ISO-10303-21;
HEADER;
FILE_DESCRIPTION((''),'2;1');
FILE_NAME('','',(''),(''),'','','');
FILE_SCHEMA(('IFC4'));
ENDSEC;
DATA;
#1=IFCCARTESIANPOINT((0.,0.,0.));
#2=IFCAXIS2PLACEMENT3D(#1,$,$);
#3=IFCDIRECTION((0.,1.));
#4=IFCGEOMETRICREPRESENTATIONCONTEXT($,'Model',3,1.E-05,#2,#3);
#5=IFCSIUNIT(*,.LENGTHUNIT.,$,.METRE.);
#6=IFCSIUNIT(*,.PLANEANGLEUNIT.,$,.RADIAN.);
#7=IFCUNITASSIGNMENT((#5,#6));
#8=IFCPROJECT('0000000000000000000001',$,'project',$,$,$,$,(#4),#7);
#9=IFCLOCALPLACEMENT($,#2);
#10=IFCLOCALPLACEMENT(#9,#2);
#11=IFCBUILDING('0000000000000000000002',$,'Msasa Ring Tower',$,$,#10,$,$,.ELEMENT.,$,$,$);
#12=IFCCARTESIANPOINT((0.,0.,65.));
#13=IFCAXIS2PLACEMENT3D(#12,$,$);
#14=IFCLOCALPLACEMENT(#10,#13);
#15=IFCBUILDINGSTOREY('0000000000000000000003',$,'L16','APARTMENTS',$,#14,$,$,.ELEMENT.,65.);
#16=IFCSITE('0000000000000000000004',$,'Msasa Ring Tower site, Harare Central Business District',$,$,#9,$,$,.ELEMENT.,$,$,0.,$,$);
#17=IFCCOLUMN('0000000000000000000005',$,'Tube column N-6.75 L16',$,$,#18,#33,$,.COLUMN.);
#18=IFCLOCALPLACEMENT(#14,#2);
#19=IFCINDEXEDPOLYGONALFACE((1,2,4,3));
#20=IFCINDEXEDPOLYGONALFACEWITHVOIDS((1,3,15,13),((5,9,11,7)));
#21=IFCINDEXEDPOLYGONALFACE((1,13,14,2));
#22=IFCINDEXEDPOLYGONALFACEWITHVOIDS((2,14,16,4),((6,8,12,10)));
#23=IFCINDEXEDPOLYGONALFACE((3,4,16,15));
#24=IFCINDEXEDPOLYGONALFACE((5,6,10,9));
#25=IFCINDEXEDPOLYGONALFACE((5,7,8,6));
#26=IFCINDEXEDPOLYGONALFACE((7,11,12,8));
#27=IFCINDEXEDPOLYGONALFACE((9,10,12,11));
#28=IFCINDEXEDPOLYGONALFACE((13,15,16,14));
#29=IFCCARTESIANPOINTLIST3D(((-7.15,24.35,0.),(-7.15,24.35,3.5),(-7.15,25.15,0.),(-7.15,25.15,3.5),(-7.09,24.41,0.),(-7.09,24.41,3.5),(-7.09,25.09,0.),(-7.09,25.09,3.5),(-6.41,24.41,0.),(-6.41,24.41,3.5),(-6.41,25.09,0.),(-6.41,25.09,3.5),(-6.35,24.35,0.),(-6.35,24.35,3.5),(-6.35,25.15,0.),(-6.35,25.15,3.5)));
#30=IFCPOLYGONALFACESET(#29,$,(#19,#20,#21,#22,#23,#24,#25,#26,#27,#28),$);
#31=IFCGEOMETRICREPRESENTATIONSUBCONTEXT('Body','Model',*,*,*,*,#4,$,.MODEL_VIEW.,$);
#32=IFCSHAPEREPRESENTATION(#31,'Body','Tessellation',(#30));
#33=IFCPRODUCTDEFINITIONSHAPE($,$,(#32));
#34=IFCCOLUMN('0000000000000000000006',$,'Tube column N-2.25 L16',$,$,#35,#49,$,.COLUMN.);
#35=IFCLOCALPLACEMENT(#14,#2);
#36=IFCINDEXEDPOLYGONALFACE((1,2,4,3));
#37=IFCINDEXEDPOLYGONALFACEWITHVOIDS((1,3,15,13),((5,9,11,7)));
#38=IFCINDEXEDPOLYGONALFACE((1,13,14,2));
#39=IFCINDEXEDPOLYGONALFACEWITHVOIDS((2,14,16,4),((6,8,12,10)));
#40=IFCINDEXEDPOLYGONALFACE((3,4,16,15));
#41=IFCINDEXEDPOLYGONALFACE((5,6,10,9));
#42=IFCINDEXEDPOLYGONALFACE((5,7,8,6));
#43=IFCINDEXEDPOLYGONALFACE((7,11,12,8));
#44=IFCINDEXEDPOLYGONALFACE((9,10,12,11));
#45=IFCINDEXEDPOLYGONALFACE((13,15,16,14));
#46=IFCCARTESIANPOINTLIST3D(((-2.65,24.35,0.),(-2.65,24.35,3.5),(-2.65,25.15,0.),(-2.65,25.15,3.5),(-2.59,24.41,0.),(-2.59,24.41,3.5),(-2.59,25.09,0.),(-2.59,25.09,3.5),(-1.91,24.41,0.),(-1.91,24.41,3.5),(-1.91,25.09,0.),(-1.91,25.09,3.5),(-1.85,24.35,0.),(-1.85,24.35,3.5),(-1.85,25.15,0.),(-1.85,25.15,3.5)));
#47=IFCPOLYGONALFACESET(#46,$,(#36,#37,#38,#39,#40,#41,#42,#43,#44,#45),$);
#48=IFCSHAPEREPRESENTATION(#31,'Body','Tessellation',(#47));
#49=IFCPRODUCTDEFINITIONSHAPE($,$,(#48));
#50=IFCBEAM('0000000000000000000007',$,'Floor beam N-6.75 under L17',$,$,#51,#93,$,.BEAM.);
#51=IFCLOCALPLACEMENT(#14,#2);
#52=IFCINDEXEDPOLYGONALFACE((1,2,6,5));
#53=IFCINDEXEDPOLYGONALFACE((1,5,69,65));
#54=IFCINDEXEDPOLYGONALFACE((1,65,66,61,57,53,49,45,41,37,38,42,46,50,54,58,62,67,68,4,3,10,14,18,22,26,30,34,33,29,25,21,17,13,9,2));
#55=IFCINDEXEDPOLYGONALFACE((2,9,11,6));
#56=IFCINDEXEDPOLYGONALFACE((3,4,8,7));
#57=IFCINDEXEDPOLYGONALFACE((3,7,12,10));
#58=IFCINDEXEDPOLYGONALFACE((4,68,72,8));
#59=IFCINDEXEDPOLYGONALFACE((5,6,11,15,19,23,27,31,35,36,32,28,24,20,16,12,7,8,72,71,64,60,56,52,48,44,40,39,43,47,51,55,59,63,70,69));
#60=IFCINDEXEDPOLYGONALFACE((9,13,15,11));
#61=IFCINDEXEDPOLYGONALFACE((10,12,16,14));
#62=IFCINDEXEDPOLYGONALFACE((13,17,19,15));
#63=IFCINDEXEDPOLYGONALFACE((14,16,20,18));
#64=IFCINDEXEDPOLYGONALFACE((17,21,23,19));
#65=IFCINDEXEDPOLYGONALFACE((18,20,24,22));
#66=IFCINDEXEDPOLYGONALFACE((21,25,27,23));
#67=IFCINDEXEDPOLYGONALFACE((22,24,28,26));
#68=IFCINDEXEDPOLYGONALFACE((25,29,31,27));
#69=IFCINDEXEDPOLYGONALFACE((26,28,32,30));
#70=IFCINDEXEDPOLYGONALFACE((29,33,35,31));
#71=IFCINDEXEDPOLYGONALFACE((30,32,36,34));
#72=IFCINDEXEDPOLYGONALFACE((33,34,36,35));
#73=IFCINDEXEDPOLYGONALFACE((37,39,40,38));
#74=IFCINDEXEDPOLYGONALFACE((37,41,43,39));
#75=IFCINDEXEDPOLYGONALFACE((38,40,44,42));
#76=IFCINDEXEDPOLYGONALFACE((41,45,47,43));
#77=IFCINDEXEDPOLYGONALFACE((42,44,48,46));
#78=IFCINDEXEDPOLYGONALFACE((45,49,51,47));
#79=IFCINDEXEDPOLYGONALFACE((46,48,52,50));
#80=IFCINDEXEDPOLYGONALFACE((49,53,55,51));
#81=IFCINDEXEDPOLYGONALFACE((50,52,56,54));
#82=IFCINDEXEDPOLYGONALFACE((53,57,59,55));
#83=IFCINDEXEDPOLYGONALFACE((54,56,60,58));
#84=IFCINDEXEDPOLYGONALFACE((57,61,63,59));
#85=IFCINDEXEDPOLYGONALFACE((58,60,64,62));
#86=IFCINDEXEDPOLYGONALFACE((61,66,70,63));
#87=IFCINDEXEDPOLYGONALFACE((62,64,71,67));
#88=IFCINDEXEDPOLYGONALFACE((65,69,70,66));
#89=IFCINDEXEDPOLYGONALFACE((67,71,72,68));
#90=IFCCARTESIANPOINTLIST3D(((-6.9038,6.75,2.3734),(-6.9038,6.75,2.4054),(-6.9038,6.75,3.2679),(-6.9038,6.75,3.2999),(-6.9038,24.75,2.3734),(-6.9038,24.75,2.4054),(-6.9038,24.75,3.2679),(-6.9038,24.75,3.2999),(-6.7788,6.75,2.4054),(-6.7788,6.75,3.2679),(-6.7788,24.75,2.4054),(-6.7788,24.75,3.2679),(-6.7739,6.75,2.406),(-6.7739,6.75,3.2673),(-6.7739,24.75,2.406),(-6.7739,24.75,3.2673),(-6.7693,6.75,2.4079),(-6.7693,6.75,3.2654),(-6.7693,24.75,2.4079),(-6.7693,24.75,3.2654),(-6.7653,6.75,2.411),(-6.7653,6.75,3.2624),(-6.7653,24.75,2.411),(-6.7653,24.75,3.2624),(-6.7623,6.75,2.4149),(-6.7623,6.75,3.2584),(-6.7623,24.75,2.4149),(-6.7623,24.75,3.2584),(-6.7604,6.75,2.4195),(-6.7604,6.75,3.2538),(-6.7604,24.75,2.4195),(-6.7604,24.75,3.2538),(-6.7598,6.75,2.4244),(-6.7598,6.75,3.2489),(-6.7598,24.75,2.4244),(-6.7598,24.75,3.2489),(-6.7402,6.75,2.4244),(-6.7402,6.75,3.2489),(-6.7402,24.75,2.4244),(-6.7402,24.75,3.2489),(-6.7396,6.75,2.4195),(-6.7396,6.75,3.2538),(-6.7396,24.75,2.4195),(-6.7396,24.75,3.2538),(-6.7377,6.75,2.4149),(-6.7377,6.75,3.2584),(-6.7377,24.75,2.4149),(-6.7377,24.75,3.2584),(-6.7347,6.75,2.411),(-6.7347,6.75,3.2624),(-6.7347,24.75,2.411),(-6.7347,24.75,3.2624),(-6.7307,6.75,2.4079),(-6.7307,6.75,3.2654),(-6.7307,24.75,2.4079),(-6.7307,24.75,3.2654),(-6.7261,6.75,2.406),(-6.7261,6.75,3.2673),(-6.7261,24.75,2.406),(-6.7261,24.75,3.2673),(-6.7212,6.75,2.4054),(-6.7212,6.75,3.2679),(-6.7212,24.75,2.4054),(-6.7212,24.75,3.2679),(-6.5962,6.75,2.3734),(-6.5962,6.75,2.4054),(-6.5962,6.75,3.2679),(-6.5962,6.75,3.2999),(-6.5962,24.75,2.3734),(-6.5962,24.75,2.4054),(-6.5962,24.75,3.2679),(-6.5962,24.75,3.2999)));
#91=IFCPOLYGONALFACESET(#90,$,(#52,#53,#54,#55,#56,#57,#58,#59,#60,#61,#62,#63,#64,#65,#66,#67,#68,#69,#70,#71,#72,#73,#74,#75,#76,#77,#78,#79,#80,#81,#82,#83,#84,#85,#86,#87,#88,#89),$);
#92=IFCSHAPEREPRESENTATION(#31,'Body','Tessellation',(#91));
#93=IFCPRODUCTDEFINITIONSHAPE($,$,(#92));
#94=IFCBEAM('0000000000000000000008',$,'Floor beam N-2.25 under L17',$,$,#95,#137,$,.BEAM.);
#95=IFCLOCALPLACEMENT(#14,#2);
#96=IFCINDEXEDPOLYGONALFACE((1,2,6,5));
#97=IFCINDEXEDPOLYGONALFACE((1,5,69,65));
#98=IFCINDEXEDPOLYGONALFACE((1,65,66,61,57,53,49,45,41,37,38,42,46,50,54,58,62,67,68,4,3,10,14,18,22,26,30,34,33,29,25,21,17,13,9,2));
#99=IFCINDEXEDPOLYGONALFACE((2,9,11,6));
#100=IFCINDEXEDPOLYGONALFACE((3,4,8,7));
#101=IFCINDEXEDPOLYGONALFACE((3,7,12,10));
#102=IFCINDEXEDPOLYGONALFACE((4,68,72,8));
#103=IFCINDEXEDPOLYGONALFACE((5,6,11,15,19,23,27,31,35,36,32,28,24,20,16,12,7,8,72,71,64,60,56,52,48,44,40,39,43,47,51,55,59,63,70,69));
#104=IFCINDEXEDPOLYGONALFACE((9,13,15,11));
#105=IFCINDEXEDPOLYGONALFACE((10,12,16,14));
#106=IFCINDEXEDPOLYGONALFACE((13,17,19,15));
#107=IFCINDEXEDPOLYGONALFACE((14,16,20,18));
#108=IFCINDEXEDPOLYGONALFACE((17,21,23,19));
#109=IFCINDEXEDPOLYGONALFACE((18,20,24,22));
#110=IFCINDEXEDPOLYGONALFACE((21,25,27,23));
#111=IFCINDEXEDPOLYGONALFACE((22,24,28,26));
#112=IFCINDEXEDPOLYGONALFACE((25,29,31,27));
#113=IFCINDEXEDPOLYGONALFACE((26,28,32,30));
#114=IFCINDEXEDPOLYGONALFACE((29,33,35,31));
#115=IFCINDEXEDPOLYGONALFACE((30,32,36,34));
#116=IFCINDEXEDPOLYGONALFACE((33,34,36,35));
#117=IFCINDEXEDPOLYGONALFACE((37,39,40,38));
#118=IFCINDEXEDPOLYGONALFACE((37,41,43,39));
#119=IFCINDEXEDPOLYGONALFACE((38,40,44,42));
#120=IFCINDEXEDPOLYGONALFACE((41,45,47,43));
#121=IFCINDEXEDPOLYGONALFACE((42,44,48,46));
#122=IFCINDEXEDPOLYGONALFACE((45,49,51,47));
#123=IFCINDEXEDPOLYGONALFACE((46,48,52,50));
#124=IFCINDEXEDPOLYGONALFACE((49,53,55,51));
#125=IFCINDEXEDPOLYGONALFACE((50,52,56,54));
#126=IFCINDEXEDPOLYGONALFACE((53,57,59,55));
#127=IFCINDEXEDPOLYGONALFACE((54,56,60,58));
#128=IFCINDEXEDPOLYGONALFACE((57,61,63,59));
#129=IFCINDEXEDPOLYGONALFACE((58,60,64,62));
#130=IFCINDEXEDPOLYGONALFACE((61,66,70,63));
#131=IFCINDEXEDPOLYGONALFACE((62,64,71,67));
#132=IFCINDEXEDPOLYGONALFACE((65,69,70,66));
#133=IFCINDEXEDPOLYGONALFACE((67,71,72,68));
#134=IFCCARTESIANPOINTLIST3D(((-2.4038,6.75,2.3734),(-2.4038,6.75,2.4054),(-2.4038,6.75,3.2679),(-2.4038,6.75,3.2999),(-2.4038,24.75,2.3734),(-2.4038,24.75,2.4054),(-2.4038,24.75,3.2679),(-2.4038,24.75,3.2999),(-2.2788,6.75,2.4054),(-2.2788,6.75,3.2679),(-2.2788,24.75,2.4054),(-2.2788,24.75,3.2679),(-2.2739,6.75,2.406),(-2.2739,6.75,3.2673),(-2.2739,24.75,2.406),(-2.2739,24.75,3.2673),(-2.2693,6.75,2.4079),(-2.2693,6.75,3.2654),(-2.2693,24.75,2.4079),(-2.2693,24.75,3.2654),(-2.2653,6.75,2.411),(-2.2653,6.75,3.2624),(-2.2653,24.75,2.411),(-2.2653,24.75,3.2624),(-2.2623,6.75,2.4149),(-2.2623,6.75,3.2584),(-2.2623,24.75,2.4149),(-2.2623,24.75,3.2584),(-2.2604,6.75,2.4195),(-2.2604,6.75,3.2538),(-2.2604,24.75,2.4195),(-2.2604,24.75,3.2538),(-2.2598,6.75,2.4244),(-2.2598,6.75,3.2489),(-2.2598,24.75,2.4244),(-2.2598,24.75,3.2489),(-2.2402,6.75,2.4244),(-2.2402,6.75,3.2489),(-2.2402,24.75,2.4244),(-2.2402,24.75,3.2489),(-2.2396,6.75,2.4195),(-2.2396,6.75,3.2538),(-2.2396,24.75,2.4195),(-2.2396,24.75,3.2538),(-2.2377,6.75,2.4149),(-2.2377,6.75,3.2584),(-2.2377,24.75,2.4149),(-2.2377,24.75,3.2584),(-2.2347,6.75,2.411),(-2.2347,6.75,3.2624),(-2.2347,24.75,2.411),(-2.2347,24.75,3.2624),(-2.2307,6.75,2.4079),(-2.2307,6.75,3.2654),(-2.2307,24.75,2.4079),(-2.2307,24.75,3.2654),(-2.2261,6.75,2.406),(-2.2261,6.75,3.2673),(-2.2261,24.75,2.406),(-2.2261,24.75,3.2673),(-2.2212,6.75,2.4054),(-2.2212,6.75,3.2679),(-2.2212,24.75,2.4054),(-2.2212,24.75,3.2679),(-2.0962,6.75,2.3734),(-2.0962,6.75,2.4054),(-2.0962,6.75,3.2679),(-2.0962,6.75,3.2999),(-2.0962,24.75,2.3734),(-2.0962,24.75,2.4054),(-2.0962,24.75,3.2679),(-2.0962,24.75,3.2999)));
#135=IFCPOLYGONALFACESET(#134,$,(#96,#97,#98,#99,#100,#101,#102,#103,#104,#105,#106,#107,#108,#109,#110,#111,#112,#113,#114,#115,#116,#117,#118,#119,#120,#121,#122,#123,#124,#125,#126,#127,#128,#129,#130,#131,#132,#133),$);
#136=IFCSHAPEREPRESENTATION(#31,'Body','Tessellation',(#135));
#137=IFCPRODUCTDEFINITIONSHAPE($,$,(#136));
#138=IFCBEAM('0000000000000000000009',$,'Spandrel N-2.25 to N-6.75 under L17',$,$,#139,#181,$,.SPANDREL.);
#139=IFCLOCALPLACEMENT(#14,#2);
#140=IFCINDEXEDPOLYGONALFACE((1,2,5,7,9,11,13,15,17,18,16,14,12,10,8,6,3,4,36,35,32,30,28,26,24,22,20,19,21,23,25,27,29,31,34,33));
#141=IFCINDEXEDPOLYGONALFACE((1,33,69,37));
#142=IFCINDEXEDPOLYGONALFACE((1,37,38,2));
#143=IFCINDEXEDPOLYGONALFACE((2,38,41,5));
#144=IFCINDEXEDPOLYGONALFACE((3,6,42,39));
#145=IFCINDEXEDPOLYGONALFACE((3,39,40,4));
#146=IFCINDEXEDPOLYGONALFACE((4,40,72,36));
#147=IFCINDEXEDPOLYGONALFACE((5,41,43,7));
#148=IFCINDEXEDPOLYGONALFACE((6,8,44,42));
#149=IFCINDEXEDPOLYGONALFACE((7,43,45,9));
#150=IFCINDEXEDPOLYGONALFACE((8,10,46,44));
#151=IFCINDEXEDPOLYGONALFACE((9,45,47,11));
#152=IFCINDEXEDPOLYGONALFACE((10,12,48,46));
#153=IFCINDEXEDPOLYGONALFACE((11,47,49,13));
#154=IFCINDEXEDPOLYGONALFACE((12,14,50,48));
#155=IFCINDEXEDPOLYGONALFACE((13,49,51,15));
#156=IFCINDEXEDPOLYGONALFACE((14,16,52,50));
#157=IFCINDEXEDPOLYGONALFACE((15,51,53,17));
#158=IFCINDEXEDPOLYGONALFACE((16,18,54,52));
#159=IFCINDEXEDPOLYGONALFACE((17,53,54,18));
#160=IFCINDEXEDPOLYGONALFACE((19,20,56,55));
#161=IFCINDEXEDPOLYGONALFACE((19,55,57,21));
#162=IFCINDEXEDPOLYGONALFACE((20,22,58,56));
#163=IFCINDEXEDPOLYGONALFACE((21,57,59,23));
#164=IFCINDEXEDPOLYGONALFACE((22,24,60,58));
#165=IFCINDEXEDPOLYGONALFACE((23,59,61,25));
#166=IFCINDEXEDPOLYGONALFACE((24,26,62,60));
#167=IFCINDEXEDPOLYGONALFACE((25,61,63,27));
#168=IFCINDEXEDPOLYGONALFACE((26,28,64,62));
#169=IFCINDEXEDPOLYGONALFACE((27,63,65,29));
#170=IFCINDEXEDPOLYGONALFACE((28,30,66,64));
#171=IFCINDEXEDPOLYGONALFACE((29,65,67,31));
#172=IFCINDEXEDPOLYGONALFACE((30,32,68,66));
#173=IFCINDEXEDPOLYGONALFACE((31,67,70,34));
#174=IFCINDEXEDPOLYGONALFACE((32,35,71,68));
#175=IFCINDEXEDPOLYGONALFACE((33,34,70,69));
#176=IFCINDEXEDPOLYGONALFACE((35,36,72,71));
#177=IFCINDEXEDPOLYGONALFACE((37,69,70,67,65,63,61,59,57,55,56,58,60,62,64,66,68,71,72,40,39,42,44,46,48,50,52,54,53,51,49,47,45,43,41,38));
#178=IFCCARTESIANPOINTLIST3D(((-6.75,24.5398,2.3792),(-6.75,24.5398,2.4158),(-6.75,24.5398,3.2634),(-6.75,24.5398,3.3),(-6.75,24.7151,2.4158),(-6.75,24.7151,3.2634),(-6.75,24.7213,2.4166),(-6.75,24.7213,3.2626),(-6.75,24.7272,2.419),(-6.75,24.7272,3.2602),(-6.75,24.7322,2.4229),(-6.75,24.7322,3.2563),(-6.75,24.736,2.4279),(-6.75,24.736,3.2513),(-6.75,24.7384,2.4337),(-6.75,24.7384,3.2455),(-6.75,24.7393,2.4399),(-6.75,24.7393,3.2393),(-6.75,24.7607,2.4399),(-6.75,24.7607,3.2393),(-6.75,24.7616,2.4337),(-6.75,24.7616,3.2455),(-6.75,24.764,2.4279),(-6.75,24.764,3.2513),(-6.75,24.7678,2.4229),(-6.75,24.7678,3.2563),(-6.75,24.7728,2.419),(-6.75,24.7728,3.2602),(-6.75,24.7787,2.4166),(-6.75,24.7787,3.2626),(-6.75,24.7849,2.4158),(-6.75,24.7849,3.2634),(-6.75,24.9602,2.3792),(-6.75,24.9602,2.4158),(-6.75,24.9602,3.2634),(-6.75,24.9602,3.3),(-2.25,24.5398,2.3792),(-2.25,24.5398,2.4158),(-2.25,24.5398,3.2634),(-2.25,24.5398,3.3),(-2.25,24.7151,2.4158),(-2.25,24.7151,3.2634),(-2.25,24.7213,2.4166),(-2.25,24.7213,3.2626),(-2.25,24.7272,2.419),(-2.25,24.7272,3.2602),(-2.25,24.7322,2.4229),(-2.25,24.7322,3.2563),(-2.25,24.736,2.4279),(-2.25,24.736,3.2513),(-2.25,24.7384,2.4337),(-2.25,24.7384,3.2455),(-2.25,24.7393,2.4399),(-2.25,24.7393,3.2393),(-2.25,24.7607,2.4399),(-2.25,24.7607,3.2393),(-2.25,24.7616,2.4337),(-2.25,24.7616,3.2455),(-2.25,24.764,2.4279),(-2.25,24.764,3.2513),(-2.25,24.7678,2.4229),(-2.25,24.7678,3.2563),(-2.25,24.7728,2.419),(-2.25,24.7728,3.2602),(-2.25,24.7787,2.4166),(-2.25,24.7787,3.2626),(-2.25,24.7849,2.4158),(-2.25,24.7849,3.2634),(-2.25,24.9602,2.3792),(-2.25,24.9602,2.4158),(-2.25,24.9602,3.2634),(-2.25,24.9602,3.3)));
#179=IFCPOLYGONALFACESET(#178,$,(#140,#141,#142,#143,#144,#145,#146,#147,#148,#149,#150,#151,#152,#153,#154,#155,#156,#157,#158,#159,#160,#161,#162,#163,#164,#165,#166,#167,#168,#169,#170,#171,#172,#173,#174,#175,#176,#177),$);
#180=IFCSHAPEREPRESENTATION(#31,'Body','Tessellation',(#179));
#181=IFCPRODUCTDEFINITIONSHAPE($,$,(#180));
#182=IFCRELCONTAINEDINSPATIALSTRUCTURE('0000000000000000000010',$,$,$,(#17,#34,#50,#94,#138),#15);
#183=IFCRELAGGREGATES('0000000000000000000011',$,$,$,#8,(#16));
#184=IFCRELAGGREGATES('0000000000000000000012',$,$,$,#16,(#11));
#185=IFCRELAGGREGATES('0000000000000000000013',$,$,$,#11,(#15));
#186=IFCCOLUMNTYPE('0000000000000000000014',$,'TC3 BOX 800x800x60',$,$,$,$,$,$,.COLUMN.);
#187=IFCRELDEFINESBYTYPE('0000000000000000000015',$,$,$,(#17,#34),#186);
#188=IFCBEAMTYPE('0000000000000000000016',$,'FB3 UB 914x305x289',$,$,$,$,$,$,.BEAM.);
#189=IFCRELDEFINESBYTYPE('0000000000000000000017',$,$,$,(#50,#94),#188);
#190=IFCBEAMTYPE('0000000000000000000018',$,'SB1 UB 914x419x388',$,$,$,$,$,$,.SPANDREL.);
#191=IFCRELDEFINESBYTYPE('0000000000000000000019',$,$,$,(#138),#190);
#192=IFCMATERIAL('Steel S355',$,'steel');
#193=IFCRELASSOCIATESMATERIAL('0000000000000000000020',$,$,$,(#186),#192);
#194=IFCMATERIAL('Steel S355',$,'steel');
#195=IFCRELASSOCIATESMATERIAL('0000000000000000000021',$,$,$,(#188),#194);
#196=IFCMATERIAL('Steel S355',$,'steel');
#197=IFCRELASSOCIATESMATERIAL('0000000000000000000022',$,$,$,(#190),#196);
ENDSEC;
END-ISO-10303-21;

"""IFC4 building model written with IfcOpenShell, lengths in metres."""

from ifc_helpers import new_model, si_unit, direction, frame, origin, origin_2d, place, context, subcontext, project, spatial, hollow_rectangle, i_section, extrude, material, material_profile, profile_set, type_object, element, save


model = new_model("IFC4")

# Units and contexts
model_context = context("Model", 3, precision=1e-05, world=origin(), true_north=direction((0.0, 1.0)))
body_context = subcontext(model_context, "Body", "Model", "MODEL_VIEW")
ifc_project = project(units=[si_unit("LENGTHUNIT", "METRE"), si_unit("PLANEANGLEUNIT", "RADIAN")], contexts=[model_context])

# Site, building, storey
site_placement = place(None, origin())
site = spatial("IfcSite", under=ifc_project, at=site_placement, Name="Msasa Ring Tower site, Harare Central Business District", CompositionType="ELEMENT", RefElevation=0.0)
building_placement = place(site_placement, origin())
building = spatial("IfcBuilding", under=site, at=building_placement, Name="Msasa Ring Tower", CompositionType="ELEMENT")
storey_placement = place(building_placement, frame((0.0, 0.0, 65.0)))
storey = spatial("IfcBuildingStorey", under=building, at=storey_placement, Name="L16", Description="APARTMENTS", CompositionType="ELEMENT", Elevation=65.0)

# Columns
ifc_material_1 = material(Name="Steel S355", Category="steel")
ifc_material_profile_1 = material_profile(ifc_material_1, hollow_rectangle(XDim=0.8, YDim=0.8, WallThickness=0.0601, at=origin_2d()), Name="BOX 800x800x60")
ifc_profile_set_1 = profile_set([ifc_material_profile_1], Name="Steel S355")
column_type = type_object("IfcColumnType", Name="TC3 BOX 800x800x60", PredefinedType="COLUMN", material=ifc_profile_set_1)
for number, where, z_axis, x_axis, name in (
    (1, (-6.75, 24.75, 0.0), (0.0, 0.0, 1.0), (0.0, 1.0, 0.0), "Tube column N-6.75 L16"),
    (2, (-2.25, 24.75, 0.0), (0.0, 0.0, 1.0), (0.0, 1.0, 0.0), "Tube column N-2.25 L16"),
):
    element("IfcColumn", number, at=place(storey_placement, frame(where, z_axis=z_axis, x_axis=x_axis)), inside=storey, type_object=column_type, Name=name, PredefinedType="COLUMN", context=body_context, shape_type="SweptSolid", body=[
        extrude(hollow_rectangle(XDim=0.8, YDim=0.8, WallThickness=0.0601, at=origin_2d()), origin(), (0.0, 0.0, 1.0), 3.5),
    ])

# Beams
ifc_material_2 = material(Name="Steel S355", Category="steel")
ifc_material_profile_2 = material_profile(ifc_material_2, i_section(OverallWidth=0.3076, OverallDepth=0.9265, WebThickness=0.0195, FlangeThickness=0.032, FilletRadius=0.019, at=origin_2d()), Name="UB 914x305x289")
ifc_profile_set_2 = profile_set([ifc_material_profile_2], Name="Steel S355")
beam_type_1 = type_object("IfcBeamType", Name="FB3 UB 914x305x289", PredefinedType="BEAM", material=ifc_profile_set_2)
for number, where, z_axis, x_axis, name in (
    (3, (-6.75, 24.75, 2.8367), (0.0, -1.0, 0.0), (1.0, 0.0, 0.0), "Floor beam N-6.75 under L17"),
    (4, (-2.25, 24.75, 2.8367), (0.0, -1.0, 0.0), (1.0, 0.0, 0.0), "Floor beam N-2.25 under L17"),
):
    element("IfcBeam", number, at=place(storey_placement, frame(where, z_axis=z_axis, x_axis=x_axis)), inside=storey, type_object=beam_type_1, Name=name, PredefinedType="BEAM", context=body_context, shape_type="SweptSolid", body=[
        extrude(i_section(OverallWidth=0.3076, OverallDepth=0.9265, WebThickness=0.0195, FlangeThickness=0.032, FilletRadius=0.019, at=origin_2d()), origin(), (0.0, 0.0, 1.0), 18.0),
    ])
ifc_material_3 = material(Name="Steel S355", Category="steel")
ifc_material_profile_3 = material_profile(ifc_material_3, i_section(OverallWidth=0.4204, OverallDepth=0.9209, WebThickness=0.0215, FlangeThickness=0.0366, FilletRadius=0.0242, at=origin_2d()), Name="UB 914x419x388")
ifc_profile_set_3 = profile_set([ifc_material_profile_3], Name="Steel S355")
beam_type_2 = type_object("IfcBeamType", Name="SB1 UB 914x419x388", PredefinedType="SPANDREL", material=ifc_profile_set_3)
for number, where, z_axis, x_axis, name in (
    (5, (-2.25, 24.75, 2.8396), (-1.0, 0.0, 0.0), (0.0, -1.0, 0.0), "Spandrel N-2.25 to N-6.75 under L17"),
):
    element("IfcBeam", number, at=place(storey_placement, frame(where, z_axis=z_axis, x_axis=x_axis)), inside=storey, type_object=beam_type_2, Name=name, PredefinedType="SPANDREL", context=body_context, shape_type="SweptSolid", body=[
        extrude(i_section(OverallWidth=0.4204, OverallDepth=0.9209, WebThickness=0.0215, FlangeThickness=0.0366, FilletRadius=0.0242, at=origin_2d()), origin(), (0.0, 0.0, 1.0), 4.5),
    ])

save(model, "model.ifc")
